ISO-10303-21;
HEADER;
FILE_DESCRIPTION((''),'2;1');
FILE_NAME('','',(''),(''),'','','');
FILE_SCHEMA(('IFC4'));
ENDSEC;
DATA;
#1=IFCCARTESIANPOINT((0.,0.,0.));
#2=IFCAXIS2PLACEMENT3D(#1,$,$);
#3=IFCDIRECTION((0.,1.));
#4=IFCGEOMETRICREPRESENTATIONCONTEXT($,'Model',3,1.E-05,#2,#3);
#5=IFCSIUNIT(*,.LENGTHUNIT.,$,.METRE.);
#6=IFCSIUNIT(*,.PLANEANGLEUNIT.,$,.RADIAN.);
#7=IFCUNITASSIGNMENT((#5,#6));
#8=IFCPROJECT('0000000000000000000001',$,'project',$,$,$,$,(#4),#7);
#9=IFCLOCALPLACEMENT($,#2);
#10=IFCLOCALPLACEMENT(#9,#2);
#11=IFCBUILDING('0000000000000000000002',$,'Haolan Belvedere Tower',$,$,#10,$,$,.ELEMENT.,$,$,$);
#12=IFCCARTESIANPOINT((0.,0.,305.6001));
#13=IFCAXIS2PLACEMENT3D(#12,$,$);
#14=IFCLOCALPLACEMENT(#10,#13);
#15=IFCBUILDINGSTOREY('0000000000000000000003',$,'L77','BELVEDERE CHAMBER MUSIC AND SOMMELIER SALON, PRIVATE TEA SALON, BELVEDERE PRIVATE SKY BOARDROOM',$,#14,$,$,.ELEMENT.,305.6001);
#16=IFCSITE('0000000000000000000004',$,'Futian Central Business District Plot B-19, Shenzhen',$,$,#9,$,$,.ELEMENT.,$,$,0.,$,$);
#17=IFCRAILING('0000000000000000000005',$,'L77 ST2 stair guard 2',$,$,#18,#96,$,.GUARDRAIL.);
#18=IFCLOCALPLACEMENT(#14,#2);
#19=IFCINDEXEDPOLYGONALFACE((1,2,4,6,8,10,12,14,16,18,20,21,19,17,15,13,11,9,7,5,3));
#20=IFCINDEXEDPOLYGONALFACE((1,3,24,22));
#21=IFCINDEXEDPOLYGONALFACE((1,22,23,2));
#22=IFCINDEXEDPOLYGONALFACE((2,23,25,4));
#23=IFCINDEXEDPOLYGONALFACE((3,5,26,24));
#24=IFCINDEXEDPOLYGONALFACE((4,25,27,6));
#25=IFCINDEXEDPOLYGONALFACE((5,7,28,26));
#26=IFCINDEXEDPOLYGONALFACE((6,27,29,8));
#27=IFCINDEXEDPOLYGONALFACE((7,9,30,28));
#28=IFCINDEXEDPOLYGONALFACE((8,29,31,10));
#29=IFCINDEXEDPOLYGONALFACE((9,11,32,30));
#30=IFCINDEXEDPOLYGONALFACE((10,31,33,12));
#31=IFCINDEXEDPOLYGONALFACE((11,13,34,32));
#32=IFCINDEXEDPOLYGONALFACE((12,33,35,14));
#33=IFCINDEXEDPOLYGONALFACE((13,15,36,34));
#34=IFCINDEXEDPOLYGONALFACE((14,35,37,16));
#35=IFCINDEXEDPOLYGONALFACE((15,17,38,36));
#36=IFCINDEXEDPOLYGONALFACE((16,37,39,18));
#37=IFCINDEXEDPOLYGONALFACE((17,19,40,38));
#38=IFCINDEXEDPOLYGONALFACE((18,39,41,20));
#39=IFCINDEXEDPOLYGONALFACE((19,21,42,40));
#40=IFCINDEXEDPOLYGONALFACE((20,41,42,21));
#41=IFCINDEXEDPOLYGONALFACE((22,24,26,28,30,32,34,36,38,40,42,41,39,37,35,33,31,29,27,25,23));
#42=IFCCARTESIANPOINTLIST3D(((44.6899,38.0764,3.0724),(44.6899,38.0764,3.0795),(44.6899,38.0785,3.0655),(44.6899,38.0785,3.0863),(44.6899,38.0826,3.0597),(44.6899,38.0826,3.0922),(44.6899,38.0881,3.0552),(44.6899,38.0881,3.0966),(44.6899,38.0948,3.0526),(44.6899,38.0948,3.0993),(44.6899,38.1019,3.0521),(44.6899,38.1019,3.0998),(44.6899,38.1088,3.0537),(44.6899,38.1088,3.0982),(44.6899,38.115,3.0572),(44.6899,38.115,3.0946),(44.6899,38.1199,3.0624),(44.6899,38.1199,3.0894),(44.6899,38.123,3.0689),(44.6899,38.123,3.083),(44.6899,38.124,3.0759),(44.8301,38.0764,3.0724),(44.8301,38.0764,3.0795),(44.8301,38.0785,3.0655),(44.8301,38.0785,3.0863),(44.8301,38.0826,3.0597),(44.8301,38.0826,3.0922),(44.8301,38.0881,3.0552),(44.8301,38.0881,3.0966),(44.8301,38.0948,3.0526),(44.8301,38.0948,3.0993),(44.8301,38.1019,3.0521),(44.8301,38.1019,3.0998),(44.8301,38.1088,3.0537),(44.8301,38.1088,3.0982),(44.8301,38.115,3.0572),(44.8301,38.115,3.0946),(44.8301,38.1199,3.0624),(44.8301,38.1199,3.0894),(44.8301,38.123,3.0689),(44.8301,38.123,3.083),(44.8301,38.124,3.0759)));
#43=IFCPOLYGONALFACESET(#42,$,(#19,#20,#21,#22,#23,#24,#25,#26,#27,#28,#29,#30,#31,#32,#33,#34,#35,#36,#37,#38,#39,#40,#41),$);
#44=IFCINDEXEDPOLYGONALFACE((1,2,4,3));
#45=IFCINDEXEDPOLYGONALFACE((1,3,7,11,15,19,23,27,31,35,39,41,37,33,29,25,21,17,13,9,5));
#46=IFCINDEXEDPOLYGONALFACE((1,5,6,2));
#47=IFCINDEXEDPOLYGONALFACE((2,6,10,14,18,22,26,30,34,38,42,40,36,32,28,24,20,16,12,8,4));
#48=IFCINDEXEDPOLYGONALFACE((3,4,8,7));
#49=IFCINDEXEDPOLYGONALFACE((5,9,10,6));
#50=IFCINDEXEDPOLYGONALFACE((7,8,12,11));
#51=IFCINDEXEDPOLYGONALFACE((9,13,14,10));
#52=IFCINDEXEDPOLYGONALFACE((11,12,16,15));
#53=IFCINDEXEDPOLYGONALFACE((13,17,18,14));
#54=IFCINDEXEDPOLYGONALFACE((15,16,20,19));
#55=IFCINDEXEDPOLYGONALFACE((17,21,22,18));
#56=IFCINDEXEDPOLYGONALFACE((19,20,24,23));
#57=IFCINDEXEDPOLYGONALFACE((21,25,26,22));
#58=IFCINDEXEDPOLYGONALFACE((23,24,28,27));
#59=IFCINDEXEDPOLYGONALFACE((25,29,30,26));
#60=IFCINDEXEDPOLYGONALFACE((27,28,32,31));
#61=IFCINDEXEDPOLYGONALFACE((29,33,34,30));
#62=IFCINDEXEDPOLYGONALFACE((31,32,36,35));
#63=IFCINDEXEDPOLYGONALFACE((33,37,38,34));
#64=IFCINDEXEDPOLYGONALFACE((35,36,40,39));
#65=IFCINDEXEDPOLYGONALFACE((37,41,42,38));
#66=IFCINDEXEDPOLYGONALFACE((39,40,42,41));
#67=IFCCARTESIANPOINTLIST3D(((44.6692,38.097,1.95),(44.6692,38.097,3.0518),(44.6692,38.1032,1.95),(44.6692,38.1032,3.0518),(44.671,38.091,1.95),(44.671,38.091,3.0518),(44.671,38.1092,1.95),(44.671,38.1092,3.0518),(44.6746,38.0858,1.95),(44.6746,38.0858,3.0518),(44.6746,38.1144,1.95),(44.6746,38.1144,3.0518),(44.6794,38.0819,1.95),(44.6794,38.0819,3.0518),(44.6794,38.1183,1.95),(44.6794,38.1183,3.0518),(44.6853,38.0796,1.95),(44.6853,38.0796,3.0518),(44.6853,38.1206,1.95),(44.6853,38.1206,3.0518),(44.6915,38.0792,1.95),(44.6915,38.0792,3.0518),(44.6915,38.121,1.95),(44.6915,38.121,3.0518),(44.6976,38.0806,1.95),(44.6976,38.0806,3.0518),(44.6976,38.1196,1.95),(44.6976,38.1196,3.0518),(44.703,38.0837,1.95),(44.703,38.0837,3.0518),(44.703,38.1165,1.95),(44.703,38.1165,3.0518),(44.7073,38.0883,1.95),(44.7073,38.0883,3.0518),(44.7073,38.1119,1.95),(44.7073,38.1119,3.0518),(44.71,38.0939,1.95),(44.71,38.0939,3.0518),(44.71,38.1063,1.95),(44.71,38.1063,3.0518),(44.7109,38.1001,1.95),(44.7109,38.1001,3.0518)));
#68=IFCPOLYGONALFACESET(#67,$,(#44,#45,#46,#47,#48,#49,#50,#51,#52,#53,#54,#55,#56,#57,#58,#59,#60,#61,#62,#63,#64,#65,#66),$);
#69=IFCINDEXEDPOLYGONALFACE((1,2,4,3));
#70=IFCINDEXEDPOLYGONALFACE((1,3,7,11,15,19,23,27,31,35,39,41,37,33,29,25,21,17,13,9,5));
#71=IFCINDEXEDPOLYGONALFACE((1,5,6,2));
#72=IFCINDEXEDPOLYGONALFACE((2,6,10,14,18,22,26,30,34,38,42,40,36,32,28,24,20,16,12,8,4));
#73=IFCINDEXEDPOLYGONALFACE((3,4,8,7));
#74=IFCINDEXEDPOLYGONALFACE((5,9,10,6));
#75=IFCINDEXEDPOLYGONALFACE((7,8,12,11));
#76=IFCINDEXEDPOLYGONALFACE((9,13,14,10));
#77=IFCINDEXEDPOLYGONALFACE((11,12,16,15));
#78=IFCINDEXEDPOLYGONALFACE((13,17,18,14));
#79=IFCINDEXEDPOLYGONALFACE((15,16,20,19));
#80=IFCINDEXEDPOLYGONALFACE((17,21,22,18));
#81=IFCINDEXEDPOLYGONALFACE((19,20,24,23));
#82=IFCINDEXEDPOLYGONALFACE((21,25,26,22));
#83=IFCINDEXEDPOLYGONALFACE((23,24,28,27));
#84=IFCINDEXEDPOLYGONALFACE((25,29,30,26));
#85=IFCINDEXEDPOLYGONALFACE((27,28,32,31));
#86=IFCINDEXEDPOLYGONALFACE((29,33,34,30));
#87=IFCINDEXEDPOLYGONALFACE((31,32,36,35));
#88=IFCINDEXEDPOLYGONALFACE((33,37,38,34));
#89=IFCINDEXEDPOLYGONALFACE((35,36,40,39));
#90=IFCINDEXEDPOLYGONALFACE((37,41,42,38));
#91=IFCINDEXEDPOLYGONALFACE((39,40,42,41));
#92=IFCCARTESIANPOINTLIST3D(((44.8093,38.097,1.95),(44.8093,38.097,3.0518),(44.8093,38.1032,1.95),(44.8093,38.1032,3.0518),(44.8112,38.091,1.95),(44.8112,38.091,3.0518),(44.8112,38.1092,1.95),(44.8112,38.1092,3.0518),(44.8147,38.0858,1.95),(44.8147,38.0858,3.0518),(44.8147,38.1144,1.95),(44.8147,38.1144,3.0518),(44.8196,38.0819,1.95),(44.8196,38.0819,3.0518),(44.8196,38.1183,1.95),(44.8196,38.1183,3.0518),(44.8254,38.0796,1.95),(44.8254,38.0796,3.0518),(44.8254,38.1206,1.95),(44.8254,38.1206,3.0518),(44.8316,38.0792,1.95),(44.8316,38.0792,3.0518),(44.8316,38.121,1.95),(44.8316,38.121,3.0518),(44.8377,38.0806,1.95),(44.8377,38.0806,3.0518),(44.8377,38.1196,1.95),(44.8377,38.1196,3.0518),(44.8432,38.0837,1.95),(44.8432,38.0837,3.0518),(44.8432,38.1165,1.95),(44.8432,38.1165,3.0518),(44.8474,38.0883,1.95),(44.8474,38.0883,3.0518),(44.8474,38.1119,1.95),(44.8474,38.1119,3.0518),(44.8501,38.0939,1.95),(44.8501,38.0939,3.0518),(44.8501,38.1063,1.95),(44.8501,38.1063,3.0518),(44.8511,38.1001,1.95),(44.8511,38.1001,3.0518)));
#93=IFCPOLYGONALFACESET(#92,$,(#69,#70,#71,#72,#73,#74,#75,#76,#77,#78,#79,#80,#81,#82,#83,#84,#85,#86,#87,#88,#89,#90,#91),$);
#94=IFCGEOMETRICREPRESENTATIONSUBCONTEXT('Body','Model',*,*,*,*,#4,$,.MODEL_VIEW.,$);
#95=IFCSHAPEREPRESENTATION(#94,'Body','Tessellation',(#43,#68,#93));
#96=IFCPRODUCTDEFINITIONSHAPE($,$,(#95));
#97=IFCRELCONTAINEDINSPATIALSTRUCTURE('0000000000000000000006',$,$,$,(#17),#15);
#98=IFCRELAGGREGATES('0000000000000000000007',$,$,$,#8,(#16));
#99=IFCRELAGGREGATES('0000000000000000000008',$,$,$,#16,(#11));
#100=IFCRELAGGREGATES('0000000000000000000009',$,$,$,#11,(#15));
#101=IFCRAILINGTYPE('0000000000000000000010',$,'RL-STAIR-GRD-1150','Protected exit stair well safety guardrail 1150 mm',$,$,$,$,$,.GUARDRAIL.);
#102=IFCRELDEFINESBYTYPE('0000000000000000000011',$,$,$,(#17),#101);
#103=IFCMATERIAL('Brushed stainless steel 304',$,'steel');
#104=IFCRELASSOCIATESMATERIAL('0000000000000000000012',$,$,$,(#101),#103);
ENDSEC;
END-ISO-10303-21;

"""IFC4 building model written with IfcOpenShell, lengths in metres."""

from ifc_helpers import new_model, si_unit, direction, frame, origin, origin_2d, place, context, subcontext, project, spatial, circle, extrude, material, type_object, element, save


model = new_model("IFC4")

# Units and contexts
model_context = context("Model", 3, precision=1e-05, world=origin(), true_north=direction((0.0, 1.0)))
body_context = subcontext(model_context, "Body", "Model", "MODEL_VIEW")
ifc_project = project(units=[si_unit("LENGTHUNIT", "METRE"), si_unit("PLANEANGLEUNIT", "RADIAN")], contexts=[model_context])

# Site, building, storey
site_placement = place(None, origin())
site = spatial("IfcSite", under=ifc_project, at=site_placement, Name="Futian Central Business District Plot B-19, Shenzhen", CompositionType="ELEMENT", RefElevation=0.0)
building_placement = place(site_placement, origin())
building = spatial("IfcBuilding", under=site, at=building_placement, Name="Haolan Belvedere Tower", CompositionType="ELEMENT")
storey_placement = place(building_placement, frame((0.0, 0.0, 305.6001)))
storey = spatial("IfcBuildingStorey", under=building, at=storey_placement, Name="L77", Description="BELVEDERE CHAMBER MUSIC AND SOMMELIER SALON, PRIVATE TEA SALON, BELVEDERE PRIVATE SKY BOARDROOM", CompositionType="ELEMENT", Elevation=305.6001)

# Railing
ifc_material_1 = material(Name="Brushed stainless steel 304", Category="steel")
railing_type_1 = type_object("IfcRailingType", Name="RL-STAIR-GRD-1150", Description="Protected exit stair well safety guardrail 1150 mm", PredefinedType="GUARDRAIL", material=ifc_material_1)
railing_1_placement = place(storey_placement, frame((44.6899, 38.1001, 1.95)))
element("IfcRailing", 1, at=railing_1_placement, inside=storey, type_object=railing_type_1, Name="L77 ST2 stair guard 2", PredefinedType="GUARDRAIL", context=body_context, shape_type="SweptSolid", body=[
    extrude(circle(Radius=0.0239, at=origin_2d()), frame((0.0, 0.0, 1.126), z_axis=(1.0, 0.0, 0.0), x_axis=(0.0, 1.0, 0.0)), (0.0, 0.0, 1.0), 0.1401),
    extrude(circle(Radius=0.021, at=origin_2d()), origin(), (0.0, 0.0, 1.0), 1.1018),
    extrude(circle(Radius=0.021, at=origin_2d()), frame((0.1401, 0.0, 0.0)), (0.0, 0.0, 1.0), 1.1018),
])

save(model, "model.ifc")
